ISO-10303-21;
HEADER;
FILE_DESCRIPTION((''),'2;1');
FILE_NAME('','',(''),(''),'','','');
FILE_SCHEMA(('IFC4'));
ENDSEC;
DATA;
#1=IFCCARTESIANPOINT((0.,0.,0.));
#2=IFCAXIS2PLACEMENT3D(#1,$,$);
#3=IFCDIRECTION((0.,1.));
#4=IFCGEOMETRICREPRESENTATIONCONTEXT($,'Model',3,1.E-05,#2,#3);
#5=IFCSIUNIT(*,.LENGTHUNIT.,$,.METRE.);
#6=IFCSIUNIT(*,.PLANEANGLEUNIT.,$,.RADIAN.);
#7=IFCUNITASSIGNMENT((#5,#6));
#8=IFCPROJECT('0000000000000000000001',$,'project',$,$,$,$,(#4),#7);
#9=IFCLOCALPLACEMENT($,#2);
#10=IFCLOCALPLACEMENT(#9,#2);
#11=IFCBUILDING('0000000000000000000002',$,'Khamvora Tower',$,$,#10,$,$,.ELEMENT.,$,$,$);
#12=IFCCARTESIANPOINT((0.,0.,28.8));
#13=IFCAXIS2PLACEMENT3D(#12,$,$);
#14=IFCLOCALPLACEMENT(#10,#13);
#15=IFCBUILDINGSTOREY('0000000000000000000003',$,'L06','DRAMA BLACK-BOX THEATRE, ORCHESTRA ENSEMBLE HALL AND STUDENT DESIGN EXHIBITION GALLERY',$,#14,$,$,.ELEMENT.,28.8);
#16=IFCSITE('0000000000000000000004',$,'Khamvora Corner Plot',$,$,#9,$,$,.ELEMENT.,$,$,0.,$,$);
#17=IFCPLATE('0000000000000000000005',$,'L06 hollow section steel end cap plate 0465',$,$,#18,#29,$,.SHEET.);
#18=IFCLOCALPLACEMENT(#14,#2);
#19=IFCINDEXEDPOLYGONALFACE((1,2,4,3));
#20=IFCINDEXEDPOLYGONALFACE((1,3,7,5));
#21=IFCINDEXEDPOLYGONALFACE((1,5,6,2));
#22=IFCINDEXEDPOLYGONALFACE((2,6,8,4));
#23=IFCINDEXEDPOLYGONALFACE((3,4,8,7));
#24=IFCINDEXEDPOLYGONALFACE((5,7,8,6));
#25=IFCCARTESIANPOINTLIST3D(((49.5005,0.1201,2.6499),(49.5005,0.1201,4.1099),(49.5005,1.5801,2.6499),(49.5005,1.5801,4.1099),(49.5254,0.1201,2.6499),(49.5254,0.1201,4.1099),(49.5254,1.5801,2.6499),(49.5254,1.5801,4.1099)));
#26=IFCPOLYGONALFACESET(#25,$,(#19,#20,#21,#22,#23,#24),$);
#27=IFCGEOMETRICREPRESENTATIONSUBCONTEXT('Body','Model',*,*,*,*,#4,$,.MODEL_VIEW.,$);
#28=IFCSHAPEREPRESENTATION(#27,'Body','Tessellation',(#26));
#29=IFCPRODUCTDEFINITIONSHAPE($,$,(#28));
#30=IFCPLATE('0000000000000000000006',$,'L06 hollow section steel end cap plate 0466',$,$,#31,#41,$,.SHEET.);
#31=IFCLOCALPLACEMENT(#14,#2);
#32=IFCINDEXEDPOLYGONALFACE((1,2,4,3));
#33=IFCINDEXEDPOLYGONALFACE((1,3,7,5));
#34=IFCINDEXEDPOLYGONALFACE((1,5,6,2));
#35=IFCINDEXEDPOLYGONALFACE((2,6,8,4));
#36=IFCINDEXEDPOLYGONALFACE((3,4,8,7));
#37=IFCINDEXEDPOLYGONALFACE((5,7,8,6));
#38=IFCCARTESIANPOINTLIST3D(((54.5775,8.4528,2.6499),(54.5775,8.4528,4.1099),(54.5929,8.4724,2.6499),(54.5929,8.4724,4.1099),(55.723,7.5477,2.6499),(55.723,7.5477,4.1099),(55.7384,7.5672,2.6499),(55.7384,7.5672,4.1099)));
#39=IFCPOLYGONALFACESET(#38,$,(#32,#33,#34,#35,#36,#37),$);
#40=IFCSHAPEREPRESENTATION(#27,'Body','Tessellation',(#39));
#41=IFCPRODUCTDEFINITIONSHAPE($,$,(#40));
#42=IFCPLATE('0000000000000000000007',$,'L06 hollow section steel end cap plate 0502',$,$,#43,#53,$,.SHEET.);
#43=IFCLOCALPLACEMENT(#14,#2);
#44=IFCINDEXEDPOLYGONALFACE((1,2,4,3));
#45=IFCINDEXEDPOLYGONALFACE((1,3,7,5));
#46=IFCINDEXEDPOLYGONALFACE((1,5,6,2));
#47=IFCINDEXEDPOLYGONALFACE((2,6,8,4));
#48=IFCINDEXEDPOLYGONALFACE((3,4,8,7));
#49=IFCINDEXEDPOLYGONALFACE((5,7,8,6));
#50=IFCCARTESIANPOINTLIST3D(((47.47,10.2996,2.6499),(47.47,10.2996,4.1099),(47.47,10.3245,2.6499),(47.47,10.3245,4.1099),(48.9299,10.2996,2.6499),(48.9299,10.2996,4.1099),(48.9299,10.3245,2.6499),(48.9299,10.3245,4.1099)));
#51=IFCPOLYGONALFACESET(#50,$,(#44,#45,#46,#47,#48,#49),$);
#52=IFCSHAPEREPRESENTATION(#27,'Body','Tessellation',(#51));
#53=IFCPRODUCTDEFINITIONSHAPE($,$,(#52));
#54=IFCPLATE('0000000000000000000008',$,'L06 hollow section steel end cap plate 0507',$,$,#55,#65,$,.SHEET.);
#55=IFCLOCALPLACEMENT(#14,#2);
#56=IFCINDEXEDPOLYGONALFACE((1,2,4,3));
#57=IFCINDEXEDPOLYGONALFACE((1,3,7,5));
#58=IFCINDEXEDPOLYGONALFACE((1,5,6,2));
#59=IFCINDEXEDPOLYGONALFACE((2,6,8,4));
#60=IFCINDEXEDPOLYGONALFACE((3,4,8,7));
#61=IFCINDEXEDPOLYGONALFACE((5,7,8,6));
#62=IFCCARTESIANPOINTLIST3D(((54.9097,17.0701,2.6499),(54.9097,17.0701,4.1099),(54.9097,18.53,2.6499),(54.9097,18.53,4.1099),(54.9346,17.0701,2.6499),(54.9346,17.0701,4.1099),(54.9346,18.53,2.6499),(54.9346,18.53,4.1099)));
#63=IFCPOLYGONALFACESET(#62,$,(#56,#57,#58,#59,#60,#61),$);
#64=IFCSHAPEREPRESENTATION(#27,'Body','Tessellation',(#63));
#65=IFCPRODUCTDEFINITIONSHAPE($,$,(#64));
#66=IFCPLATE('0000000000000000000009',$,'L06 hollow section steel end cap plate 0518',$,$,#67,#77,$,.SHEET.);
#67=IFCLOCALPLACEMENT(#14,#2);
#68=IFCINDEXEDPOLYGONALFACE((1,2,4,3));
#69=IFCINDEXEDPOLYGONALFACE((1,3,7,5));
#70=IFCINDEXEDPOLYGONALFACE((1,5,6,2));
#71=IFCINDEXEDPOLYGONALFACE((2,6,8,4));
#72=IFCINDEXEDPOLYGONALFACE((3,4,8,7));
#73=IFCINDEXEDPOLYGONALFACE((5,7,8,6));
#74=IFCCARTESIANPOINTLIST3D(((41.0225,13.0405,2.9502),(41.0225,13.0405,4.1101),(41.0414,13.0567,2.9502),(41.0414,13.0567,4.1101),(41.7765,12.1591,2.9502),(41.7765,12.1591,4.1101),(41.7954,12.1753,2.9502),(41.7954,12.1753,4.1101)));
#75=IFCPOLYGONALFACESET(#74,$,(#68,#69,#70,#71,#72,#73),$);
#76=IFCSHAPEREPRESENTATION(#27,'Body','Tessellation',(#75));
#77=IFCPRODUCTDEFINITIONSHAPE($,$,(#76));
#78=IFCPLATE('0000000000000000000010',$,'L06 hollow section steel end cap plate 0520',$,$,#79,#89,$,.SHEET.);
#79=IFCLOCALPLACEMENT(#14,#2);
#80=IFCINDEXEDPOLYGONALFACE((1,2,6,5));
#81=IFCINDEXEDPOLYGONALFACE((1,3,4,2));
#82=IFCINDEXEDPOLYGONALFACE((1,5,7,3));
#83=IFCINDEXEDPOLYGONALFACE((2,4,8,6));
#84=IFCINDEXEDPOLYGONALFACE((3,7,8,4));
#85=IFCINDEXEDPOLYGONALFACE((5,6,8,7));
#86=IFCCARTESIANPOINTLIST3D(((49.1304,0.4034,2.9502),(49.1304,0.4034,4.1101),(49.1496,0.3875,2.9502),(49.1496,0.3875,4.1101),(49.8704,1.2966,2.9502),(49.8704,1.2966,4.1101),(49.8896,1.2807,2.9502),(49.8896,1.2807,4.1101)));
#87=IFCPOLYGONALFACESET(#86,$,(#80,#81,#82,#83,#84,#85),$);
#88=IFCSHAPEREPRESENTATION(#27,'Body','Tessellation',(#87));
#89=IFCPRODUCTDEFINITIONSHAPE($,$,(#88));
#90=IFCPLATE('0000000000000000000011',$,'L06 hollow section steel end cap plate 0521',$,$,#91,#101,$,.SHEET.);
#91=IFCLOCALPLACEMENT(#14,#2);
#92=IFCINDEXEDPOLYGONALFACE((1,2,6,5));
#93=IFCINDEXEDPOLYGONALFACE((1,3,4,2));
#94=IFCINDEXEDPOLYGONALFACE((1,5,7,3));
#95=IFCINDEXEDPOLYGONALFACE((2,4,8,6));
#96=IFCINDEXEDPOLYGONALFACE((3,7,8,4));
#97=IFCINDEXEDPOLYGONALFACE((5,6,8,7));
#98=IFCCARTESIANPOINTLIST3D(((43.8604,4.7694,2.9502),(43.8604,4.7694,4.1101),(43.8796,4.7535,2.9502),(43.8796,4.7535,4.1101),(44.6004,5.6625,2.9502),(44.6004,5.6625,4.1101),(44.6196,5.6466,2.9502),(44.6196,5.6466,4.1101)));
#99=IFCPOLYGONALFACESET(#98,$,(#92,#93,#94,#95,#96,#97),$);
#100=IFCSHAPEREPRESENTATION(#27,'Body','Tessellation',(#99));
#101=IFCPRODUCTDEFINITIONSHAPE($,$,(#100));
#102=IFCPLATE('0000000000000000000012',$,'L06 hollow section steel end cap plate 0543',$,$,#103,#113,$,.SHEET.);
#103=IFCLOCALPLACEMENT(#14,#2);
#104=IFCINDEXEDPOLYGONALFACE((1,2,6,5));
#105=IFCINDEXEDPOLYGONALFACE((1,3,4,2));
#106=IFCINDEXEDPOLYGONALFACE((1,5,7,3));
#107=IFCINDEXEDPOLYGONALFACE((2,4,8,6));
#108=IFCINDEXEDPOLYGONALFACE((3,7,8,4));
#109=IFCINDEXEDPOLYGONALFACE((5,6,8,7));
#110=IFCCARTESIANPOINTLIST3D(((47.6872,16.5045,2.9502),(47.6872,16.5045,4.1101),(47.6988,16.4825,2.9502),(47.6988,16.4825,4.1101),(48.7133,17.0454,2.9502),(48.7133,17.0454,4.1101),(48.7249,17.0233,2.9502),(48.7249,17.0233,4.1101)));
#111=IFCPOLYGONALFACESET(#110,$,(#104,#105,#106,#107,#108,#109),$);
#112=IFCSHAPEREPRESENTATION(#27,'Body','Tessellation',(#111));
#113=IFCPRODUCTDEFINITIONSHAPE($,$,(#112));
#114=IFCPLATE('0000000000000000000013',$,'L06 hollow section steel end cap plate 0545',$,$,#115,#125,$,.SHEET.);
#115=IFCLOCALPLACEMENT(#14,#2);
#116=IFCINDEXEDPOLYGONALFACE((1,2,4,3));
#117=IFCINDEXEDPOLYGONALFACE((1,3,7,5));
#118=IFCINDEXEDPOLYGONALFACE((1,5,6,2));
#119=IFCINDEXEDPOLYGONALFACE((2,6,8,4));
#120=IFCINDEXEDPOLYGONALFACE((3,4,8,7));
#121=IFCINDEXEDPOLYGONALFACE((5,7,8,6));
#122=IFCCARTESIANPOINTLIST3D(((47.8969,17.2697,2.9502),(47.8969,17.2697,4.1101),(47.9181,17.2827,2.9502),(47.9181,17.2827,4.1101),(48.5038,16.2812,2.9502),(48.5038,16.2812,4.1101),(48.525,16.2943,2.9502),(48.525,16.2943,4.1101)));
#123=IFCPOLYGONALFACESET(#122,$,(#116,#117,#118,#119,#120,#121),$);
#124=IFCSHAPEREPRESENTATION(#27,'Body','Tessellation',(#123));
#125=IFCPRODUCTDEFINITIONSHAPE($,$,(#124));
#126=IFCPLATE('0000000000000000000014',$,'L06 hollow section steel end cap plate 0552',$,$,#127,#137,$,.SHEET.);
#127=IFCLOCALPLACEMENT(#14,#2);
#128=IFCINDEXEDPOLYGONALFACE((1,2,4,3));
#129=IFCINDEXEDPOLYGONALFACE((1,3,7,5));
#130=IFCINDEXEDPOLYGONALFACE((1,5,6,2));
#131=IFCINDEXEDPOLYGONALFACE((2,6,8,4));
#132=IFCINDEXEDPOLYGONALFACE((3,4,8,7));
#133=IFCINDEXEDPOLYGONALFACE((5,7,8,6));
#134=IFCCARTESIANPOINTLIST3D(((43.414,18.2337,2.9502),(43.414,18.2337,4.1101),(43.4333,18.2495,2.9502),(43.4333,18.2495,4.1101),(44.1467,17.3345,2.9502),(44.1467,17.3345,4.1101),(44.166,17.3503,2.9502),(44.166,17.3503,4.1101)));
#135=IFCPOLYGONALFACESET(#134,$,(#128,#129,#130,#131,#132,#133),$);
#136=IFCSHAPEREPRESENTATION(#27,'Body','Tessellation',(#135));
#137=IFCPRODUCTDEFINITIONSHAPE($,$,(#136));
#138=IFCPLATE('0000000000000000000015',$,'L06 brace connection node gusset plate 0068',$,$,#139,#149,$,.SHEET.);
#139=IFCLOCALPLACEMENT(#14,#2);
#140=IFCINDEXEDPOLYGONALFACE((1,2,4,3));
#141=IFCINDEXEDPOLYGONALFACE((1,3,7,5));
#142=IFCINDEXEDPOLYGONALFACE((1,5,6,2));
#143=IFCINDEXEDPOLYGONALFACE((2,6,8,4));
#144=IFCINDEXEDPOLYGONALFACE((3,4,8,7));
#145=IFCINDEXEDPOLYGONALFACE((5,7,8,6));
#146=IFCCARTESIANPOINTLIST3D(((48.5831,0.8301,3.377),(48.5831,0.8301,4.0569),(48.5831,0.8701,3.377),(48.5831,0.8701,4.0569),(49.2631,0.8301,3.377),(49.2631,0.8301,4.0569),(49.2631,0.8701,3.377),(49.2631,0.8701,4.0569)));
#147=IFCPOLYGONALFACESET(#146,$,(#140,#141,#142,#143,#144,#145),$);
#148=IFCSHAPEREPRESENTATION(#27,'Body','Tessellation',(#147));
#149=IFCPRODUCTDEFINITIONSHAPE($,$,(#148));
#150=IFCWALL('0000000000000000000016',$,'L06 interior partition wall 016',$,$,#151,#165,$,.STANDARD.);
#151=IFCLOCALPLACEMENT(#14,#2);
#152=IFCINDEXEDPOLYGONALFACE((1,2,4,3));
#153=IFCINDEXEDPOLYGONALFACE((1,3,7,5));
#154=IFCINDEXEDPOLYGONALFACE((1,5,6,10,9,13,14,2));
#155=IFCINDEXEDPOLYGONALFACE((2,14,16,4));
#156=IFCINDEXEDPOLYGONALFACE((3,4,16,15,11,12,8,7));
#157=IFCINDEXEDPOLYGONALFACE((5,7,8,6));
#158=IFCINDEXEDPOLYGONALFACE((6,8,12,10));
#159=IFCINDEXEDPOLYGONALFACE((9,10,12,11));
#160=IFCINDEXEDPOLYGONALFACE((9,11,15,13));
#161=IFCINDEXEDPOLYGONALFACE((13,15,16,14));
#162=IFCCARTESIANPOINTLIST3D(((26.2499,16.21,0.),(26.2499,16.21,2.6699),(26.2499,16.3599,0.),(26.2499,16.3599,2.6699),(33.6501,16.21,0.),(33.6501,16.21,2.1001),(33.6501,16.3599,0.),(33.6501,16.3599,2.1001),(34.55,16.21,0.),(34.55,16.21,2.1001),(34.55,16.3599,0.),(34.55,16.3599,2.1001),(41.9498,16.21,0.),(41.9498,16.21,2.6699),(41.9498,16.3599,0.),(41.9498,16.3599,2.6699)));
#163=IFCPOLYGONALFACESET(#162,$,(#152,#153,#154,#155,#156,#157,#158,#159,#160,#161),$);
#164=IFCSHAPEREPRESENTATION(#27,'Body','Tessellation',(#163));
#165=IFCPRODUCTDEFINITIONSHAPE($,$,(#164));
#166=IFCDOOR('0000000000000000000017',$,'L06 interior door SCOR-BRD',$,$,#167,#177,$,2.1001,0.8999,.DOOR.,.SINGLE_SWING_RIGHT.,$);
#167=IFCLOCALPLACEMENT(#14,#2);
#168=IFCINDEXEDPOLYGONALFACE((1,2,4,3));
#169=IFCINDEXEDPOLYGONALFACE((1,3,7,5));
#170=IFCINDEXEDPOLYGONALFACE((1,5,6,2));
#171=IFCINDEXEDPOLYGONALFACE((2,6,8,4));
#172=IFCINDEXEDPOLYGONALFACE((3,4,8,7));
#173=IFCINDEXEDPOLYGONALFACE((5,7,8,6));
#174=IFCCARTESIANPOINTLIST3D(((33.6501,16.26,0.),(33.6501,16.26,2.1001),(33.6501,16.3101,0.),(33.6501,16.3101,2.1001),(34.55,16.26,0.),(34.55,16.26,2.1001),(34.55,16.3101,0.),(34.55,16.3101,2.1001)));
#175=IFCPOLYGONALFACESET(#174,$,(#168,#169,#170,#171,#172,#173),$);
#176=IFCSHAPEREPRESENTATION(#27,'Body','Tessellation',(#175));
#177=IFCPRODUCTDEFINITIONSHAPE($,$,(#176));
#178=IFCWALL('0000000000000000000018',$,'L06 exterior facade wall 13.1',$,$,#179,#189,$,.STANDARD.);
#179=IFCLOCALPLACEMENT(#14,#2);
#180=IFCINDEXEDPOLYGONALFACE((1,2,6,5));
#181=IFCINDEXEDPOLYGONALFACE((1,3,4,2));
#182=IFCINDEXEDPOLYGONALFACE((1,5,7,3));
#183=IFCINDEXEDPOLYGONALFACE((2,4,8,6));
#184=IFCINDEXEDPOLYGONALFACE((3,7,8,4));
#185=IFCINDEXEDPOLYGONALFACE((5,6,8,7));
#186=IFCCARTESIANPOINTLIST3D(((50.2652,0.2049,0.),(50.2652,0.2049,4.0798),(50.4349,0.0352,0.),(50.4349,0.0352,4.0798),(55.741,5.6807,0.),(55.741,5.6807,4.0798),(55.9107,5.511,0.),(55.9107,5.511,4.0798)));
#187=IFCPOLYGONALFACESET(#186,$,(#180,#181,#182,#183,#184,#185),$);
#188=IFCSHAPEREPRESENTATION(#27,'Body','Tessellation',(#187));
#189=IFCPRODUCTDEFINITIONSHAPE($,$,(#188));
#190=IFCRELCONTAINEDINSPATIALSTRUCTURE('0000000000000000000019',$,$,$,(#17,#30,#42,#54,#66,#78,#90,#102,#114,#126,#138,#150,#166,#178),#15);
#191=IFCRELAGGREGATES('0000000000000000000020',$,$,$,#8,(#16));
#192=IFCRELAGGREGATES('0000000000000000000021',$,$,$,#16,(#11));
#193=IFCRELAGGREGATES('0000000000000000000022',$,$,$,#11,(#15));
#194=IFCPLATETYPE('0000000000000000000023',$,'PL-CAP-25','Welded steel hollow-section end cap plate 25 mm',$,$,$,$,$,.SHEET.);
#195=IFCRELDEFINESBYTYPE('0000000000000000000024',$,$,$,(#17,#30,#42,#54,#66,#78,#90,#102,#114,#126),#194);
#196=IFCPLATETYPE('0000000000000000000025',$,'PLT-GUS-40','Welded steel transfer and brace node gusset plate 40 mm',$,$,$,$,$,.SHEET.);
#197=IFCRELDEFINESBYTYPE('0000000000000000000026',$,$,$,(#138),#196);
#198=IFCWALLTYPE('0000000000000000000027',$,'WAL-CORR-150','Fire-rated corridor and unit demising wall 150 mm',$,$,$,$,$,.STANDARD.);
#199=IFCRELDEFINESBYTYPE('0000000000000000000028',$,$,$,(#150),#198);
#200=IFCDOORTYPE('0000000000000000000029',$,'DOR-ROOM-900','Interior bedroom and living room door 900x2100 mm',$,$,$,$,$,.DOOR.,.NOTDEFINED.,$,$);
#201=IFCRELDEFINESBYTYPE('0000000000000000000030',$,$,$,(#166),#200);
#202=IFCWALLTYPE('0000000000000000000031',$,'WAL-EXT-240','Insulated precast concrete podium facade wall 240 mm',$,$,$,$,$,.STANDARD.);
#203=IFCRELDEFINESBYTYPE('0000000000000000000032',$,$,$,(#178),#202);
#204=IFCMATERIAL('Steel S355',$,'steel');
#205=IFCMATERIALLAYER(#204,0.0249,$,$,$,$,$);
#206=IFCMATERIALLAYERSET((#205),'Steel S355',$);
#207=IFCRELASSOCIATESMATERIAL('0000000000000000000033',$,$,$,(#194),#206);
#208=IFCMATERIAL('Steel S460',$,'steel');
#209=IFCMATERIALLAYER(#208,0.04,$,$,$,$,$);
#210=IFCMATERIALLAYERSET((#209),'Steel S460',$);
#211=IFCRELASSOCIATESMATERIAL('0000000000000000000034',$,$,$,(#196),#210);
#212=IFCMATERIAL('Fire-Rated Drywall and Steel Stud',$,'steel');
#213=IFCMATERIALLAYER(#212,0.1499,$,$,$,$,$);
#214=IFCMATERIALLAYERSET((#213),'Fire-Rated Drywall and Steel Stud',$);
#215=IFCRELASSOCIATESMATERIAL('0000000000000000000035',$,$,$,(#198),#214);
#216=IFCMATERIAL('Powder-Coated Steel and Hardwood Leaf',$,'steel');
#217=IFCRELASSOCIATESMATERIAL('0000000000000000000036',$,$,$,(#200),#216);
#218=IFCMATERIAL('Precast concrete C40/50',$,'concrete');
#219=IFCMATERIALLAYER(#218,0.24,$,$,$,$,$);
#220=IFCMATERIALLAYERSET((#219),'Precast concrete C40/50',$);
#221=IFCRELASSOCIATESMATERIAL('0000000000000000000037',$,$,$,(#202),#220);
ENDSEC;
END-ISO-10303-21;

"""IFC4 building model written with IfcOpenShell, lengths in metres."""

from ifc_helpers import new_model, si_unit, direction, frame, frame_2d, origin, origin_2d, place, context, subcontext, project, spatial, rectangle, extrude, material, layer, layer_set, type_object, element, fill, save


model = new_model("IFC4")

# Units and contexts
model_context = context("Model", 3, precision=1e-05, world=origin(), true_north=direction((0.0, 1.0)))
body_context = subcontext(model_context, "Body", "Model", "MODEL_VIEW")
ifc_project = project(units=[si_unit("LENGTHUNIT", "METRE"), si_unit("PLANEANGLEUNIT", "RADIAN")], contexts=[model_context])

# Site, building, storey
site_placement = place(None, origin())
site = spatial("IfcSite", under=ifc_project, at=site_placement, Name="Khamvora Corner Plot", CompositionType="ELEMENT", RefElevation=0.0)
building_placement = place(site_placement, origin())
building = spatial("IfcBuilding", under=site, at=building_placement, Name="Khamvora Tower", CompositionType="ELEMENT")
storey_placement = place(building_placement, frame((0.0, 0.0, 28.8)))
storey = spatial("IfcBuildingStorey", under=building, at=storey_placement, Name="L06", Description="DRAMA BLACK-BOX THEATRE, ORCHESTRA ENSEMBLE HALL AND STUDENT DESIGN EXHIBITION GALLERY", CompositionType="ELEMENT", Elevation=28.8)

# Shared definitions
ifc_material_1 = material(Name="Steel S460", Category="steel")

# Plates
ifc_material_2 = material(Name="Steel S355", Category="steel")
ifc_layer_1 = layer(ifc_material_2, 0.0249)
ifc_layer_set_1 = layer_set([ifc_layer_1], Name="Steel S355")
plate_type_1 = type_object("IfcPlateType", Name="PL-CAP-25", Description="Welded steel hollow-section end cap plate 25 mm", PredefinedType="SHEET", material=ifc_layer_set_1)
for number, where, z_axis, x_axis, name in (
    (1, (49.5129, 0.8501, 2.6499), (0.0, 0.0, 1.0), (1.0, 0.0, 0.0), "L06 hollow section steel end cap plate 0465"),
    (2, (55.158, 8.01, 2.6499), (0.0, 0.0, 1.0), (0.619998, 0.784603, 0.0), "L06 hollow section steel end cap plate 0466"),
    (3, (48.2, 10.312, 2.6499), (0.0, 0.0, 1.0), (0.0, 1.0, 0.0), "L06 hollow section steel end cap plate 0502"),
    (4, (54.9221, 17.8, 2.6499), (0.0, 0.0, 1.0), (1.0, 0.0, 0.0), "L06 hollow section steel end cap plate 0507"),
):
    element("IfcPlate", number, at=place(storey_placement, frame(where, z_axis=z_axis, x_axis=x_axis)), inside=storey, type_object=plate_type_1, Name=name, PredefinedType="SHEET", context=body_context, shape_type="SweptSolid", body=[
        extrude(rectangle(XDim=0.0249, YDim=1.46, at=origin_2d()), origin(), (0.0, 0.0, 1.0), 1.46),
    ])
for number, where, z_axis, x_axis, name in (
    (5, (41.4089, 12.6079, 2.9502), (0.0, 0.0, 1.0), (-0.759873, -0.650072, 0.0), "L06 hollow section steel end cap plate 0518"),
    (6, (49.51, 0.842, 2.9502), (0.0, 0.0, 1.0), (-0.770024, 0.638016, 0.0), "L06 hollow section steel end cap plate 0520"),
    (7, (44.24, 5.208, 2.9502), (0.0, 0.0, 1.0), (-0.770024, 0.638016, 0.0), "L06 hollow section steel end cap plate 0521"),
    (8, (48.2061, 16.7639, 2.9502), (0.0, 0.0, 1.0), (0.466309, -0.884622, 0.0), "L06 hollow section steel end cap plate 0543"),
    (9, (48.2109, 16.782, 2.9502), (0.0, 0.0, 1.0), (0.852193, 0.523228, 0.0), "L06 hollow section steel end cap plate 0545"),
    (10, (43.79, 17.792, 2.9502), (0.0, 0.0, 1.0), (-0.775231, -0.631678, 0.0), "L06 hollow section steel end cap plate 0552"),
):
    element("IfcPlate", number, at=place(storey_placement, frame(where, z_axis=z_axis, x_axis=x_axis)), inside=storey, type_object=plate_type_1, Name=name, PredefinedType="SHEET", context=body_context, shape_type="SweptSolid", body=[
        extrude(rectangle(XDim=0.0249, YDim=1.1599, at=origin_2d()), origin(), (0.0, 0.0, 1.0), 1.1599),
    ])
ifc_layer_2 = layer(ifc_material_1, 0.04)
ifc_layer_set_2 = layer_set([ifc_layer_2], Name="Steel S460")
plate_type_2 = type_object("IfcPlateType", Name="PLT-GUS-40", Description="Welded steel transfer and brace node gusset plate 40 mm", PredefinedType="SHEET", material=ifc_layer_set_2)
plate_1_placement = place(storey_placement, frame((48.9231, 0.8501, 3.377), z_axis=(0.0, 0.0, 1.0), x_axis=(1.0, 0.0, 0.0)))
element("IfcPlate", 11, at=plate_1_placement, inside=storey, type_object=plate_type_2, Name="L06 brace connection node gusset plate 0068", PredefinedType="SHEET", context=body_context, shape_type="SweptSolid", body=[
    extrude(rectangle(XDim=0.6799, YDim=0.04, at=origin_2d()), origin(), (0.0, 0.0, 1.0), 0.6799),
])

# Wall, opening, door
ifc_material_3 = material(Name="Fire-Rated Drywall and Steel Stud", Category="steel")
ifc_layer_3 = layer(ifc_material_3, 0.1499)
ifc_layer_set_3 = layer_set([ifc_layer_3], Name="Fire-Rated Drywall and Steel Stud")
wall_type_1 = type_object("IfcWallType", Name="WAL-CORR-150", Description="Fire-rated corridor and unit demising wall 150 mm", PredefinedType="STANDARD", material=ifc_layer_set_3)
wall_1_placement = place(storey_placement, frame((41.95, 16.2849, 0.0), z_axis=(0.0, 0.0, 1.0), x_axis=(-1.0, 0.0, 0.0)))
wall_1 = element("IfcWall", 12, at=wall_1_placement, inside=storey, type_object=wall_type_1, Name="L06 interior partition wall 016", PredefinedType="STANDARD", context=body_context, shape_type="SweptSolid", body=[
    extrude(rectangle(XDim=15.7, YDim=0.1499, at=frame_2d((7.8501, 0.0))), origin(), (0.0, 0.0, 1.0), 2.6699),
])
opening_1_placement = place(wall_1_placement, frame((7.3999, 0.0, 0.0)))
opening_1 = element("IfcOpeningElement", 13, at=opening_1_placement, cuts=wall_1, PredefinedType="OPENING", context=body_context, shape_type="SweptSolid", body=[
    extrude(rectangle(XDim=0.8999, YDim=2.1001, at=frame_2d((0.45, 1.05))), frame((0.0, 0.085, 0.0), z_axis=(0.0, -1.0, 0.0), x_axis=(1.0, 0.0, 0.0)), (0.0, 0.0, 1.0), 0.1699),
])
ifc_material_4 = material(Name="Powder-Coated Steel and Hardwood Leaf", Category="steel")
door_type = type_object("IfcDoorType", Name="DOR-ROOM-900", Description="Interior bedroom and living room door 900x2100 mm", OperationType="NOTDEFINED", PredefinedType="DOOR", material=ifc_material_4)
door_placement = place(opening_1_placement, origin())
door = element("IfcDoor", 14, at=door_placement, inside=storey, type_object=door_type, Name="L06 interior door SCOR-BRD", OperationType="SINGLE_SWING_RIGHT", OverallHeight=2.1001, OverallWidth=0.8999, PredefinedType="DOOR", context=body_context, shape_type="SweptSolid", body=[
    extrude(rectangle(XDim=0.8999, YDim=2.1001, at=frame_2d((0.45, 1.05))), frame((0.0, 0.0249, 0.0), z_axis=(0.0, -1.0, 0.0), x_axis=(1.0, 0.0, 0.0)), (0.0, 0.0, 1.0), 0.05),
])
fill(opening_1, door)

# Wall
ifc_material_5 = material(Name="Precast concrete C40/50", Category="concrete")
ifc_layer_4 = layer(ifc_material_5, 0.24)
ifc_layer_set_4 = layer_set([ifc_layer_4], Name="Precast concrete C40/50")
wall_type_2 = type_object("IfcWallType", Name="WAL-EXT-240", Description="Insulated precast concrete podium facade wall 240 mm", PredefinedType="STANDARD", material=ifc_layer_set_4)
wall_2_placement = place(storey_placement, frame((55.8259, 5.5959, 0.0), z_axis=(0.0, 0.0, 1.0), x_axis=(-0.707107, -0.707107, 0.0)))
element("IfcWall", 15, at=wall_2_placement, inside=storey, type_object=wall_type_2, Name="L06 exterior facade wall 13.1", PredefinedType="STANDARD", context=body_context, shape_type="SweptSolid", body=[
    extrude(rectangle(XDim=7.7439, YDim=0.24, at=frame_2d((3.8721, 0.0))), origin(), (0.0, 0.0, 1.0), 4.0798),
])

save(model, "model.ifc")
